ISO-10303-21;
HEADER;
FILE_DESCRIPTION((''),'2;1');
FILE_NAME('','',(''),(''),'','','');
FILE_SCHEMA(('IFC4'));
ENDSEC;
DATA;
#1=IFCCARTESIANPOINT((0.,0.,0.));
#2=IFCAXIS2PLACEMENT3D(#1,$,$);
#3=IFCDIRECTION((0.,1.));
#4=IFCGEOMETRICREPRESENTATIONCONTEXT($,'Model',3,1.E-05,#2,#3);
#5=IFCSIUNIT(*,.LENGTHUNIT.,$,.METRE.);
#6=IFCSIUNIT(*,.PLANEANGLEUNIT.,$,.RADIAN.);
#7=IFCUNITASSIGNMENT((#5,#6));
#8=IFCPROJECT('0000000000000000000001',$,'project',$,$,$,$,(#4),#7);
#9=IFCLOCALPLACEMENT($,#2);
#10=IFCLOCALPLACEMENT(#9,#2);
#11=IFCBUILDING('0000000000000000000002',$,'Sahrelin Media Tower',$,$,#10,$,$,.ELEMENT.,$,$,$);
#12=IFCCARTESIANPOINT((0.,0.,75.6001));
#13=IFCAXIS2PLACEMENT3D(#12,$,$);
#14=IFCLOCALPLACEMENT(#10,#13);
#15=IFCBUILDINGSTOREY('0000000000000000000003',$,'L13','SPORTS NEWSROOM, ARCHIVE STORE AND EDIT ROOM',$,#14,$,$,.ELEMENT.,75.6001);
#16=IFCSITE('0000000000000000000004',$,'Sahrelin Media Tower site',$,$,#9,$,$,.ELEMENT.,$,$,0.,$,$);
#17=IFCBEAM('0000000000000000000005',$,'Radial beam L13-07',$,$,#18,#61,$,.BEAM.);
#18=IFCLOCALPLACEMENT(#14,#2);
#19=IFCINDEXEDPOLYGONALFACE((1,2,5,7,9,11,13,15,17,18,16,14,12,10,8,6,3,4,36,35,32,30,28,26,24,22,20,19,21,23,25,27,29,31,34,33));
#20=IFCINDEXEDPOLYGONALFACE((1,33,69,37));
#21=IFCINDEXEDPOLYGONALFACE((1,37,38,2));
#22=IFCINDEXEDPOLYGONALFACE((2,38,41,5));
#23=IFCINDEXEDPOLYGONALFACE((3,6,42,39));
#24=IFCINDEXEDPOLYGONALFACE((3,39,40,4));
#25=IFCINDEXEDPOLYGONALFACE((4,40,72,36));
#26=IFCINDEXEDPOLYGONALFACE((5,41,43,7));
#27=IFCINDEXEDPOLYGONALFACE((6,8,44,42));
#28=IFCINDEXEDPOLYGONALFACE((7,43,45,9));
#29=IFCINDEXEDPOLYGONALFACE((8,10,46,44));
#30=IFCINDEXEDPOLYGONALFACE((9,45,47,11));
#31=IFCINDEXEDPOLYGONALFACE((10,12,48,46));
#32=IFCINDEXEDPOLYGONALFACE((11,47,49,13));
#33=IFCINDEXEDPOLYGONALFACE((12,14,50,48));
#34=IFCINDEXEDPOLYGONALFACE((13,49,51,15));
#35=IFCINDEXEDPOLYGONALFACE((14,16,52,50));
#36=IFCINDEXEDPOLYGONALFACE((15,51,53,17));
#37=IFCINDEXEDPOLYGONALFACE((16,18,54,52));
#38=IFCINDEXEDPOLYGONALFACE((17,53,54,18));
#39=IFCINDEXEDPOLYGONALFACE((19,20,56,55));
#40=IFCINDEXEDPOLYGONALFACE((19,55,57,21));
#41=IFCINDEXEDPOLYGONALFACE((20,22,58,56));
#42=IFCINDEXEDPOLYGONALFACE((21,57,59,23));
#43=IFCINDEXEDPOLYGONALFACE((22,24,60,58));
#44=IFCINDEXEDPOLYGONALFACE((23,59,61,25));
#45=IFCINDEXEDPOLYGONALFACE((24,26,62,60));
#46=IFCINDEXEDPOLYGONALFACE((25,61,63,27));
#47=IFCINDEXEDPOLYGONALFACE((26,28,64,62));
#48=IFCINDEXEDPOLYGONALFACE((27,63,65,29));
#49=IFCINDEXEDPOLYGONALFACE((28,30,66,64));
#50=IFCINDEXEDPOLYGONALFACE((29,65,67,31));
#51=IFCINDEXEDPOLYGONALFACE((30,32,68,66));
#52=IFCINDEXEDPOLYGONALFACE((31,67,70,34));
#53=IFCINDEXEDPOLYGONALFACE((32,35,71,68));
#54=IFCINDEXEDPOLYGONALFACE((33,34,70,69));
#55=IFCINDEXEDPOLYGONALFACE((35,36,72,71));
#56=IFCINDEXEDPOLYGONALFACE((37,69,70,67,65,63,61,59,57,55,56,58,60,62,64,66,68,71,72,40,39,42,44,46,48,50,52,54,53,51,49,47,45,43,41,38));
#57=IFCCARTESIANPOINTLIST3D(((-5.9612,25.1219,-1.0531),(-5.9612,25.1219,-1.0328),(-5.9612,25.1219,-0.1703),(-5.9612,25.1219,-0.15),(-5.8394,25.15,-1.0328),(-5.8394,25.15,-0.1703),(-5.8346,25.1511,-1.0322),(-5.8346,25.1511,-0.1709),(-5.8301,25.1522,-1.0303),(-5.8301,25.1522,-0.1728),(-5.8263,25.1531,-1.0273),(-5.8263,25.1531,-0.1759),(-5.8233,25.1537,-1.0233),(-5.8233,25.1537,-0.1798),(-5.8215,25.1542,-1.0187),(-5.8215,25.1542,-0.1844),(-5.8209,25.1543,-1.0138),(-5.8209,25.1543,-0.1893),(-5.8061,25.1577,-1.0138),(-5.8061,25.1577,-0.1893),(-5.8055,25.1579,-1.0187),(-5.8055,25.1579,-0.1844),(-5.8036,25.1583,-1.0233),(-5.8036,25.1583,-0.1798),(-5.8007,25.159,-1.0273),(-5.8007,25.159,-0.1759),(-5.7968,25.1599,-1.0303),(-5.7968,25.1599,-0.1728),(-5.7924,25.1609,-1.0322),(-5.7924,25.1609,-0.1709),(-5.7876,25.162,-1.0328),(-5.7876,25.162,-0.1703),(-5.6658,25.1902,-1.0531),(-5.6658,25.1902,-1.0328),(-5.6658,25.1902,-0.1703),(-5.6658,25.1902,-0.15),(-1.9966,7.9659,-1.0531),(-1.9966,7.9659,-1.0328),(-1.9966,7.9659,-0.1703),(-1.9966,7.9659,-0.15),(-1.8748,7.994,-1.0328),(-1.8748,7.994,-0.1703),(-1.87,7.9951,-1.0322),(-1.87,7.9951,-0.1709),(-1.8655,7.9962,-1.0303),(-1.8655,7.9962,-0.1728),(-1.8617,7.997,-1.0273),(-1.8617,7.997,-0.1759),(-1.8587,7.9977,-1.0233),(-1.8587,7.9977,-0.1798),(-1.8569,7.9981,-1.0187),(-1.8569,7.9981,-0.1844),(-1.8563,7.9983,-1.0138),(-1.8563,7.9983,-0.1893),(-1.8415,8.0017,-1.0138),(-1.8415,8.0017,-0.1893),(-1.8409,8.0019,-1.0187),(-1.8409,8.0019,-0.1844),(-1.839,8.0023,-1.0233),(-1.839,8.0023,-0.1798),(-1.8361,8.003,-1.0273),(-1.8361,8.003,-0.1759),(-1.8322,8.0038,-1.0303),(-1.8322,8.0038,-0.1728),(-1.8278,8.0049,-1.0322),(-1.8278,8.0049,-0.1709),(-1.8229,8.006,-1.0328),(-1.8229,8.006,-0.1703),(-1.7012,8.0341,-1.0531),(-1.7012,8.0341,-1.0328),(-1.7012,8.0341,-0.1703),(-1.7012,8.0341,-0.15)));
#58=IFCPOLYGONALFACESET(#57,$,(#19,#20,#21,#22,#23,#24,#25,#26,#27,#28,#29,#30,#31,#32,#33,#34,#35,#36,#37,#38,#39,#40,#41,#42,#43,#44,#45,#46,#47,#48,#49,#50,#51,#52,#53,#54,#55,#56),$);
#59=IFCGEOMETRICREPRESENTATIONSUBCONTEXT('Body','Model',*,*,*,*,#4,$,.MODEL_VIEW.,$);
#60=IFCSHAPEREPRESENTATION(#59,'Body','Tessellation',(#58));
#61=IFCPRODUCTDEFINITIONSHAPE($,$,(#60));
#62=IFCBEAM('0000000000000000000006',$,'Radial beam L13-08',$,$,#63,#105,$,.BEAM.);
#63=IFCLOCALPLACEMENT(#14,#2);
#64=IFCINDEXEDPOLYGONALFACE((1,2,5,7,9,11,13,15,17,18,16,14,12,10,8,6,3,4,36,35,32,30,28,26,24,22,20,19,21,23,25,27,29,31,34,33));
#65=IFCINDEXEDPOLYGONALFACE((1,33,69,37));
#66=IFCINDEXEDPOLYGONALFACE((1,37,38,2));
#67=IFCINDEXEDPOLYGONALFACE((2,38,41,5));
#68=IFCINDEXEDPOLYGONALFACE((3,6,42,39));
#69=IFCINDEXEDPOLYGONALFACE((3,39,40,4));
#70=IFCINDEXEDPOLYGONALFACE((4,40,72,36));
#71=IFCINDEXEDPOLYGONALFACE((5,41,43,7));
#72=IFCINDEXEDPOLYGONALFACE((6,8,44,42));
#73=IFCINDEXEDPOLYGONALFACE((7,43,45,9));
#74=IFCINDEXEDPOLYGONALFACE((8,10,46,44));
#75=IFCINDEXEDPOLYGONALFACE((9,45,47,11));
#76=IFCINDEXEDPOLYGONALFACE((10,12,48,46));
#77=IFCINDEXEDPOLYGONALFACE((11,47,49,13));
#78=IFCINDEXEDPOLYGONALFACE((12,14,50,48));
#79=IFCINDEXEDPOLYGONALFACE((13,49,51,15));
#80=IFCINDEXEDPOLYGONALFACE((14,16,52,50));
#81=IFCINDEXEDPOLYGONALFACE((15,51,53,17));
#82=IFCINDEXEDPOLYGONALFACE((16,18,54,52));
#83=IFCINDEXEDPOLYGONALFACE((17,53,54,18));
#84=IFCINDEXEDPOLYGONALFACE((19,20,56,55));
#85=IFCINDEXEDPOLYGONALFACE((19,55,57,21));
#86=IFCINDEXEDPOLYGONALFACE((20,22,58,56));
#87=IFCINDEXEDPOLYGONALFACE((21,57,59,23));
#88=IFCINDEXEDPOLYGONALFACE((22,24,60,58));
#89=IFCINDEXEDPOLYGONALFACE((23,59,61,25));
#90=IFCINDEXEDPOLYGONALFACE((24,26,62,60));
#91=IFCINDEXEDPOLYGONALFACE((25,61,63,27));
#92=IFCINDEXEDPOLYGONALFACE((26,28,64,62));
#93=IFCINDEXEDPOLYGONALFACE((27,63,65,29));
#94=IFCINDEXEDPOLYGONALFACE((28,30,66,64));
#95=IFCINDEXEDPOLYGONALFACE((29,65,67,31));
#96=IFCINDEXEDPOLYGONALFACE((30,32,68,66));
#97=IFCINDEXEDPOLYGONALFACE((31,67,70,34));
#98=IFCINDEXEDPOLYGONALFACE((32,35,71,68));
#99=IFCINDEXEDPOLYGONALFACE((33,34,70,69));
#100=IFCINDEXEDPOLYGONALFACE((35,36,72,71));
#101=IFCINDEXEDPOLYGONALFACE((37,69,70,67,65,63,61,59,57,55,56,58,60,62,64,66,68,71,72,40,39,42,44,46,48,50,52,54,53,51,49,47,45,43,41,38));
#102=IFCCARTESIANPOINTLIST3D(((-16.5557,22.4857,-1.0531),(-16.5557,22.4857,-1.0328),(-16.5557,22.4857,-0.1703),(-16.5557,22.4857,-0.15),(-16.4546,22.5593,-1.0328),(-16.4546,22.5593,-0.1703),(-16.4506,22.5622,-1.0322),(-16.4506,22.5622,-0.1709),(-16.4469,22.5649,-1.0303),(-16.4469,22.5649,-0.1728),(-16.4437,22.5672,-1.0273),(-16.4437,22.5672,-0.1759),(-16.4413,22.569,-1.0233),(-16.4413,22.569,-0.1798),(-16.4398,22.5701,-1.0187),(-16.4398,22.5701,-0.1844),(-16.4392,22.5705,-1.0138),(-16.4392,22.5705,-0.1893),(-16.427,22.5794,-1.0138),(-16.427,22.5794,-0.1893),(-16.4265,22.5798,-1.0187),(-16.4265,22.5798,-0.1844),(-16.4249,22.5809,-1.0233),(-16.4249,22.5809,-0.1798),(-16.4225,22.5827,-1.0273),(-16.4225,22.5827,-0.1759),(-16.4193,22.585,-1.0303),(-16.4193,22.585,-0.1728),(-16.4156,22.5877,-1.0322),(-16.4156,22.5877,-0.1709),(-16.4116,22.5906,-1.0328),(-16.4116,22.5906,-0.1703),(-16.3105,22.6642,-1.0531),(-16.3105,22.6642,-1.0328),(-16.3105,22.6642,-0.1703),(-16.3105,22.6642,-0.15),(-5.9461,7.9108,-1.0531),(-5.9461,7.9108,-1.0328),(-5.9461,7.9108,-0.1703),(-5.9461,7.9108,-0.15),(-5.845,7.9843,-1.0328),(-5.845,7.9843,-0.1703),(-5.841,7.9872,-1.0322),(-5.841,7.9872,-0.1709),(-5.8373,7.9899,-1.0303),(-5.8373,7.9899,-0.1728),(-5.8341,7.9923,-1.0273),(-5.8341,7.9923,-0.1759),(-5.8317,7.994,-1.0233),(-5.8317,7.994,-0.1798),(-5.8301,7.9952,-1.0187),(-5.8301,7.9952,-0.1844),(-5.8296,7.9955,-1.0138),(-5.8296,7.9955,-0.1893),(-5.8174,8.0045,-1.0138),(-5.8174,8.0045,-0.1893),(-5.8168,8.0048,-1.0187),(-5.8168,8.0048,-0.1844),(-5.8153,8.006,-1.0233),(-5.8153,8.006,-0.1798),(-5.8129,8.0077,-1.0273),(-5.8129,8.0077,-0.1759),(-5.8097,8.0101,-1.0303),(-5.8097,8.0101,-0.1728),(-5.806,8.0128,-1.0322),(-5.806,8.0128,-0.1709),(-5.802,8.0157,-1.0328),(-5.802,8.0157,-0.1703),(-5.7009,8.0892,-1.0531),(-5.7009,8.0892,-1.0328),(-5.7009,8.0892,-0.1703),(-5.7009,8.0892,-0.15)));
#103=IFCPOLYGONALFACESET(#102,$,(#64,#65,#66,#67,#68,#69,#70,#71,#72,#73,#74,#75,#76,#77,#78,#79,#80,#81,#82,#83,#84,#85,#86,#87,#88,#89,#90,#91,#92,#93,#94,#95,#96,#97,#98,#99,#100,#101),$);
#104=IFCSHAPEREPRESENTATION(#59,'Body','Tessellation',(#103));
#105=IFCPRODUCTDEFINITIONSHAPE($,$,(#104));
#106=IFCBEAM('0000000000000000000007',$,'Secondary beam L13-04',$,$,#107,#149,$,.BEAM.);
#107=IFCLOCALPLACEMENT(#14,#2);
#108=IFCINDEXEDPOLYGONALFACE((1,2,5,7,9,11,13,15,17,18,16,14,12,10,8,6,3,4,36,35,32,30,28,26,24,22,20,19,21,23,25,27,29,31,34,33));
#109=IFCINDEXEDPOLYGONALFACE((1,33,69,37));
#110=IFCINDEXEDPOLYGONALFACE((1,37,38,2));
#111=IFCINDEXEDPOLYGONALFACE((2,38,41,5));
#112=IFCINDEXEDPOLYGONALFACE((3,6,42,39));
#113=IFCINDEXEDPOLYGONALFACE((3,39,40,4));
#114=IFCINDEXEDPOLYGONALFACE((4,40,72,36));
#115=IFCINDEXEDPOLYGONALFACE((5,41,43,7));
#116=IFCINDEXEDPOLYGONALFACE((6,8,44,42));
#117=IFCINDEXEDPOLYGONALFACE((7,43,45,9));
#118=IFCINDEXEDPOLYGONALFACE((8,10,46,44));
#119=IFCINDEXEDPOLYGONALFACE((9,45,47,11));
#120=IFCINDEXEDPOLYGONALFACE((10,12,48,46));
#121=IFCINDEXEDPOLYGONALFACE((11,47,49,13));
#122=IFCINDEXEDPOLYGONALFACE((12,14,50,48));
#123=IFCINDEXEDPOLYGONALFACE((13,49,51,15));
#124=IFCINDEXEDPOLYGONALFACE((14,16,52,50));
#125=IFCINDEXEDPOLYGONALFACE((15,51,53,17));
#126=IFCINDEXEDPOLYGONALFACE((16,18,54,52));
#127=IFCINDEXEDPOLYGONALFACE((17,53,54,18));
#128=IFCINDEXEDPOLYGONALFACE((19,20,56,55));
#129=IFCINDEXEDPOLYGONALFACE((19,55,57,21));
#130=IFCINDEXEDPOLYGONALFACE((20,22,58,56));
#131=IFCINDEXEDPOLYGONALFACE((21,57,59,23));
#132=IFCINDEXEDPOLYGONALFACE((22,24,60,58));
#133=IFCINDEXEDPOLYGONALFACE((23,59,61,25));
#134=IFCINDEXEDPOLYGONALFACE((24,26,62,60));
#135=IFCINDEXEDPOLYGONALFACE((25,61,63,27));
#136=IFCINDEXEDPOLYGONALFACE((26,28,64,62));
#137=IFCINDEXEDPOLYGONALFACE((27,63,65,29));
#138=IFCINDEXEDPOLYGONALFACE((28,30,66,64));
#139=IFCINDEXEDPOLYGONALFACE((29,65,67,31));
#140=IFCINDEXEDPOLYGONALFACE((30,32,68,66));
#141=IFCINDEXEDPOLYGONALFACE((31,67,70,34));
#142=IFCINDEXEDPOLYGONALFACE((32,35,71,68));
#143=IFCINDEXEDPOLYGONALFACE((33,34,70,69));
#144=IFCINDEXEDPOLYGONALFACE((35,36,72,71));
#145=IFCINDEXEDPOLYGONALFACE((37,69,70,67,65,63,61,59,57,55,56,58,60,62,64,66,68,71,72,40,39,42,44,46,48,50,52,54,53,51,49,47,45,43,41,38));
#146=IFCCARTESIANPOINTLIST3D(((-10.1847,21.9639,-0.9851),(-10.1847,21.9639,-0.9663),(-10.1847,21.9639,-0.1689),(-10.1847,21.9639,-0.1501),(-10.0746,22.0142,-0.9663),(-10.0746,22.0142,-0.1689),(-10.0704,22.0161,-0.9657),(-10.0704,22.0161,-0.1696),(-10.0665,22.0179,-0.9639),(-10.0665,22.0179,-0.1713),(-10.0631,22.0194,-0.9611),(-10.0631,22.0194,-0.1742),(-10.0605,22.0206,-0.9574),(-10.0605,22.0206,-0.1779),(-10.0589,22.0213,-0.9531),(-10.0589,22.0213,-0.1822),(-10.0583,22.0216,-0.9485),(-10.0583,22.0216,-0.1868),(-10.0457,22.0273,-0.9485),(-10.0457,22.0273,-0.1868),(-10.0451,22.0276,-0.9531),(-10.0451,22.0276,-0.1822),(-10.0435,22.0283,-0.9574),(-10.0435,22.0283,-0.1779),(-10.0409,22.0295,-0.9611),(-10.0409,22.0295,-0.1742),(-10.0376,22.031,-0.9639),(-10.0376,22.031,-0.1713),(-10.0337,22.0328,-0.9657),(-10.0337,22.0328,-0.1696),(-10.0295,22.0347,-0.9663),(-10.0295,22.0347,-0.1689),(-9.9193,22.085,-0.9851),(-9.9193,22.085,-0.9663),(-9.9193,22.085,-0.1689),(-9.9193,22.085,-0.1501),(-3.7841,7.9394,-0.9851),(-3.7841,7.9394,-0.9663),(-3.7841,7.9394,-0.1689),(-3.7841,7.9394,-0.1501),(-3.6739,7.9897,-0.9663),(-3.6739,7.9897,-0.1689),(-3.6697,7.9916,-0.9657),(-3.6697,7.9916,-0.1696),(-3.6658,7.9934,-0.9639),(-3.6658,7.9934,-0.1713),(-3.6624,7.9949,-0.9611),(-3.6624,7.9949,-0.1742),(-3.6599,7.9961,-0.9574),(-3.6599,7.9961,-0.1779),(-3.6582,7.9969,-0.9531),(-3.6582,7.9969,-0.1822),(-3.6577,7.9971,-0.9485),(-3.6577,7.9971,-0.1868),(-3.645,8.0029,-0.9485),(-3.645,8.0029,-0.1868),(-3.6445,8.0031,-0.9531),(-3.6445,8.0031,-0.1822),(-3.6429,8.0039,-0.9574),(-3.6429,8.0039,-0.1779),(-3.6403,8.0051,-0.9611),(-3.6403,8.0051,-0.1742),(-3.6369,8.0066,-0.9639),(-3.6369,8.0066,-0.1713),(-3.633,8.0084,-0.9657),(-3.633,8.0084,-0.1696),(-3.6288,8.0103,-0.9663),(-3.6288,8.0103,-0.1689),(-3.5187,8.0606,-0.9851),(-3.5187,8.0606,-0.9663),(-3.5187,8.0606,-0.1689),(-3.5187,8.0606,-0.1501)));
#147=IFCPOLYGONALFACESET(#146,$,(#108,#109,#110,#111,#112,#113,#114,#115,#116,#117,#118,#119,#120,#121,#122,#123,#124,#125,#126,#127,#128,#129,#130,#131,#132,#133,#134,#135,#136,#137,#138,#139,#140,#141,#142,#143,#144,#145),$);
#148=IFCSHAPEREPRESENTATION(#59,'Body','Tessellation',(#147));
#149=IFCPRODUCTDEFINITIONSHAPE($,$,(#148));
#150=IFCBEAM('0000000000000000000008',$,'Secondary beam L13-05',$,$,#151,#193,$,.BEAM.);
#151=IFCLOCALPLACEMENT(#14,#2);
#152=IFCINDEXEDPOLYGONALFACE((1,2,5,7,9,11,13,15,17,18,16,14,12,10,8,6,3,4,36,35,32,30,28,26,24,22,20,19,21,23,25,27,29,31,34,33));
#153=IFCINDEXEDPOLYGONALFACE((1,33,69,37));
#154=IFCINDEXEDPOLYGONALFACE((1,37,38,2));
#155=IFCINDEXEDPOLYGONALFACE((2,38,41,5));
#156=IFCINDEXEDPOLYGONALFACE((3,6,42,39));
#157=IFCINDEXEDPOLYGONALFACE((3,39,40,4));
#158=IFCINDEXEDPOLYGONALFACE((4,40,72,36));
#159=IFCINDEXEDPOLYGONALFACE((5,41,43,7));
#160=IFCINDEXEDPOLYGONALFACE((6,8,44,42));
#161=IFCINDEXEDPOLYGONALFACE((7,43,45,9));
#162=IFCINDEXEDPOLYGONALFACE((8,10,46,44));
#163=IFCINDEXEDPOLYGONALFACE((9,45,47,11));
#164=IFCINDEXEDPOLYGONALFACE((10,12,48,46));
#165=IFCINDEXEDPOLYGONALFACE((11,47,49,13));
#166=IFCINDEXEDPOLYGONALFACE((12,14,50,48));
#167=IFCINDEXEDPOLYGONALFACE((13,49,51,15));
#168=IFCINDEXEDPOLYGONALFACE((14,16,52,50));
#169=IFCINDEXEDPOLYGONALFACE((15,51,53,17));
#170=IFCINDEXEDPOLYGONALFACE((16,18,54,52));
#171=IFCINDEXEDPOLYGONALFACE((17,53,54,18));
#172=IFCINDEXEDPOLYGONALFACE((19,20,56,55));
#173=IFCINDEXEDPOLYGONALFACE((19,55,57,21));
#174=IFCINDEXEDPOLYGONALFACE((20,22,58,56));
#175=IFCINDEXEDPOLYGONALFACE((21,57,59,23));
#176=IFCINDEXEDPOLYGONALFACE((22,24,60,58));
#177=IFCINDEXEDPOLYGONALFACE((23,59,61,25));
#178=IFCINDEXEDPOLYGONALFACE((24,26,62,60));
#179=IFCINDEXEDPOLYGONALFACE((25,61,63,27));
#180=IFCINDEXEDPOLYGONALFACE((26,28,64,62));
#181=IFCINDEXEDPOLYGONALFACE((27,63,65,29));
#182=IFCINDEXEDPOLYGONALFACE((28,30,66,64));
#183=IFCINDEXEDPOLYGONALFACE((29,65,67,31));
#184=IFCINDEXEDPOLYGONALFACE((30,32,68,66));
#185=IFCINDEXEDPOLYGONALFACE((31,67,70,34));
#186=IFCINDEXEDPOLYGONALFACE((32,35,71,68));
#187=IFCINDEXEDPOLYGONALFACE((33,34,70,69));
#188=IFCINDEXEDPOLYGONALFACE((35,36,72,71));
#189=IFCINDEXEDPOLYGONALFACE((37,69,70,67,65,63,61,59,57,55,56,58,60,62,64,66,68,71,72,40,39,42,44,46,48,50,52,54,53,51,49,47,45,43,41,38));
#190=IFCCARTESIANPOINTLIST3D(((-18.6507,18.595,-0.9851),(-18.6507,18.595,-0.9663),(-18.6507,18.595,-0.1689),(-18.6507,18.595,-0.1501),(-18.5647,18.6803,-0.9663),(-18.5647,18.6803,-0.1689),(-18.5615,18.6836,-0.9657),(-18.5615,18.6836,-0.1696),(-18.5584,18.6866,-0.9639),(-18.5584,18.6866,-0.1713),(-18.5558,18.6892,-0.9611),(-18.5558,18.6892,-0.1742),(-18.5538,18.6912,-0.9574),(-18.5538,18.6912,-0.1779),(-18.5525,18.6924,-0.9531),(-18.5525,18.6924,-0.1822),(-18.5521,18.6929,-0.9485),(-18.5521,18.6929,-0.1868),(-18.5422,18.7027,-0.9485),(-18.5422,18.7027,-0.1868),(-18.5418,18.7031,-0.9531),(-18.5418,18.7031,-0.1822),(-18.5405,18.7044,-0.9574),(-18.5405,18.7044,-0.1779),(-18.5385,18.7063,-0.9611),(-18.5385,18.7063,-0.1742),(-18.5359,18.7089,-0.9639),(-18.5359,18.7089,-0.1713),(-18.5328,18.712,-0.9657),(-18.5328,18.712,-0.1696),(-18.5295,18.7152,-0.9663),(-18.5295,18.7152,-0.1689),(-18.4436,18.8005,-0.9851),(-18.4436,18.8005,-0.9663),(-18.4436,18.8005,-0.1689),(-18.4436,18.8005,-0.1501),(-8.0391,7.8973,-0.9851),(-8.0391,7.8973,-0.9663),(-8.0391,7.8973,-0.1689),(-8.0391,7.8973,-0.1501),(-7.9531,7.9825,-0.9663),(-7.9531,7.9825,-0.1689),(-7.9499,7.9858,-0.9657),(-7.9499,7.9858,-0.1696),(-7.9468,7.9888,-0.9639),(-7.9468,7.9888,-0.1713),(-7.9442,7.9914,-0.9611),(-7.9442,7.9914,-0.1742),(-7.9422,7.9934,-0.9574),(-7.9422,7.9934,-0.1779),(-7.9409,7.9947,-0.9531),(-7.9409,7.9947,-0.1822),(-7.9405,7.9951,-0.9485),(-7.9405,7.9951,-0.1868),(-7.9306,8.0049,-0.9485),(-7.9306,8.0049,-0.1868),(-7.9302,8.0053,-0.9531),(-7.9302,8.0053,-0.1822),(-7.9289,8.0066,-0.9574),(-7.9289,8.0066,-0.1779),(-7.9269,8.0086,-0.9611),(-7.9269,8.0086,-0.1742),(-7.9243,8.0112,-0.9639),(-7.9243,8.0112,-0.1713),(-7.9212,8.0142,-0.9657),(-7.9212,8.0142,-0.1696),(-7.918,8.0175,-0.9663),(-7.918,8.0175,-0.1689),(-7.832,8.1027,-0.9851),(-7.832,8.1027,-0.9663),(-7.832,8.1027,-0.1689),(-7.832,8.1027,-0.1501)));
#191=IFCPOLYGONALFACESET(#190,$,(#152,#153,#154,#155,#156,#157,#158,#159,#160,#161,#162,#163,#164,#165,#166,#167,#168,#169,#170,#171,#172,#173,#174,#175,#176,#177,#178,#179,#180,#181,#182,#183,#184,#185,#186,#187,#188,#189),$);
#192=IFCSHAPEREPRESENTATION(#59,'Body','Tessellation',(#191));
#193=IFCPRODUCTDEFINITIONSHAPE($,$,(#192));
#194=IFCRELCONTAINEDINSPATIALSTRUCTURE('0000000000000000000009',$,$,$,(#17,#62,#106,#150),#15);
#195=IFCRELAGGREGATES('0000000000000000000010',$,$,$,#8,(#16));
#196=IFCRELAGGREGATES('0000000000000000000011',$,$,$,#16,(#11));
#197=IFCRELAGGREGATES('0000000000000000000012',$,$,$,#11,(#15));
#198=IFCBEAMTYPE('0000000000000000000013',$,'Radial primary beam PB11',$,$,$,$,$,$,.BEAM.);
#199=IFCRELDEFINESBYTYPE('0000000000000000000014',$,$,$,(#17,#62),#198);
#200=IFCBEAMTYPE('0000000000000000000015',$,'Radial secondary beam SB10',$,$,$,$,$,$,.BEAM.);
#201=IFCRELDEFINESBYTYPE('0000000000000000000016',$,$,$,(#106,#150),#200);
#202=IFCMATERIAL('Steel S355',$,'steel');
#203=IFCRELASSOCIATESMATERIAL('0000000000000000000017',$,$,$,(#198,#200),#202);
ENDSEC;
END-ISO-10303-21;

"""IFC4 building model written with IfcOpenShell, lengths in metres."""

from ifc_helpers import new_model, si_unit, direction, frame, origin, origin_2d, place, context, subcontext, project, spatial, i_section, extrude, material, material_profile, profile_set, type_object, element, save


model = new_model("IFC4")

# Units and contexts
model_context = context("Model", 3, precision=1e-05, world=origin(), true_north=direction((0.0, 1.0)))
body_context = subcontext(model_context, "Body", "Model", "MODEL_VIEW")
ifc_project = project(units=[si_unit("LENGTHUNIT", "METRE"), si_unit("PLANEANGLEUNIT", "RADIAN")], contexts=[model_context])

# Site, building, storey
site_placement = place(None, origin())
site = spatial("IfcSite", under=ifc_project, at=site_placement, Name="Sahrelin Media Tower site", CompositionType="ELEMENT", RefElevation=0.0)
building_placement = place(site_placement, origin())
building = spatial("IfcBuilding", under=site, at=building_placement, Name="Sahrelin Media Tower", CompositionType="ELEMENT")
storey_placement = place(building_placement, frame((0.0, 0.0, 75.6001)))
storey = spatial("IfcBuildingStorey", under=building, at=storey_placement, Name="L13", Description="SPORTS NEWSROOM, ARCHIVE STORE AND EDIT ROOM", CompositionType="ELEMENT", Elevation=75.6001)

# Shared definitions
ifc_material_1 = material(Name="Steel S355", Category="steel")

# Beams
ifc_material_profile_1 = material_profile(ifc_material_1, i_section(OverallWidth=0.3032, OverallDepth=0.9031, WebThickness=0.0151, FlangeThickness=0.0203, FilletRadius=0.019, at=origin_2d()), Name="UB 914x305x201")
ifc_profile_set_1 = profile_set([ifc_material_profile_1], Name="Steel S355")
beam_type_1 = type_object("IfcBeamType", Name="Radial primary beam PB11", PredefinedType="BEAM", material=ifc_profile_set_1)
beam_1_placement = place(storey_placement, frame((-1.8489, 8.0, -0.6016), z_axis=(-0.225157, 0.974322, 0.0), x_axis=(-0.974322, -0.225157, 0.0)))
element("IfcBeam", 1, at=beam_1_placement, inside=storey, type_object=beam_type_1, Name="Radial beam L13-07", PredefinedType="BEAM", context=body_context, shape_type="SweptSolid", body=[
    extrude(i_section(OverallWidth=0.3032, OverallDepth=0.9031, WebThickness=0.0151, FlangeThickness=0.0203, FilletRadius=0.019, at=origin_2d()), origin(), (0.0, 0.0, 1.0), 17.6082),
])
beam_2_placement = place(storey_placement, frame((-5.8235, 8.0, -0.6016), z_axis=(-0.588522, 0.808481, 0.0), x_axis=(-0.808481, -0.588522, 0.0)))
element("IfcBeam", 2, at=beam_2_placement, inside=storey, type_object=beam_type_1, Name="Radial beam L13-08", PredefinedType="BEAM", context=body_context, shape_type="SweptSolid", body=[
    extrude(i_section(OverallWidth=0.3032, OverallDepth=0.9031, WebThickness=0.0151, FlangeThickness=0.0203, FilletRadius=0.019, at=origin_2d()), origin(), (0.0, 0.0, 1.0), 18.0276),
])
ifc_material_profile_2 = material_profile(ifc_material_1, i_section(OverallWidth=0.2917, OverallDepth=0.835, WebThickness=0.0139, FlangeThickness=0.0188, FilletRadius=0.0178, at=origin_2d()), Name="UB 838x292x176")
ifc_profile_set_2 = profile_set([ifc_material_profile_2], Name="Steel S355")
beam_type_2 = type_object("IfcBeamType", Name="Radial secondary beam SB10", PredefinedType="BEAM", material=ifc_profile_set_2)
beam_3_placement = place(storey_placement, frame((-3.6514, 8.0, -0.5676), z_axis=(-0.415195, 0.909732, 0.0), x_axis=(-0.909732, -0.415195, 0.0)))
element("IfcBeam", 3, at=beam_3_placement, inside=storey, type_object=beam_type_2, Name="Secondary beam L13-04", PredefinedType="BEAM", context=body_context, shape_type="SweptSolid", body=[
    extrude(i_section(OverallWidth=0.2917, OverallDepth=0.835, WebThickness=0.0139, FlangeThickness=0.0188, FilletRadius=0.0178, at=origin_2d()), origin(), (0.0, 0.0, 1.0), 15.416),
])
beam_4_placement = place(storey_placement, frame((-7.9355, 8.0, -0.5676), z_axis=(-0.704241, 0.709961, 0.0), x_axis=(-0.709961, -0.704241, 0.0)))
element("IfcBeam", 4, at=beam_4_placement, inside=storey, type_object=beam_type_2, Name="Secondary beam L13-05", PredefinedType="BEAM", context=body_context, shape_type="SweptSolid", body=[
    extrude(i_section(OverallWidth=0.2917, OverallDepth=0.835, WebThickness=0.0139, FlangeThickness=0.0188, FilletRadius=0.0178, at=origin_2d()), origin(), (0.0, 0.0, 1.0), 15.0681),
])

save(model, "model.ifc")
